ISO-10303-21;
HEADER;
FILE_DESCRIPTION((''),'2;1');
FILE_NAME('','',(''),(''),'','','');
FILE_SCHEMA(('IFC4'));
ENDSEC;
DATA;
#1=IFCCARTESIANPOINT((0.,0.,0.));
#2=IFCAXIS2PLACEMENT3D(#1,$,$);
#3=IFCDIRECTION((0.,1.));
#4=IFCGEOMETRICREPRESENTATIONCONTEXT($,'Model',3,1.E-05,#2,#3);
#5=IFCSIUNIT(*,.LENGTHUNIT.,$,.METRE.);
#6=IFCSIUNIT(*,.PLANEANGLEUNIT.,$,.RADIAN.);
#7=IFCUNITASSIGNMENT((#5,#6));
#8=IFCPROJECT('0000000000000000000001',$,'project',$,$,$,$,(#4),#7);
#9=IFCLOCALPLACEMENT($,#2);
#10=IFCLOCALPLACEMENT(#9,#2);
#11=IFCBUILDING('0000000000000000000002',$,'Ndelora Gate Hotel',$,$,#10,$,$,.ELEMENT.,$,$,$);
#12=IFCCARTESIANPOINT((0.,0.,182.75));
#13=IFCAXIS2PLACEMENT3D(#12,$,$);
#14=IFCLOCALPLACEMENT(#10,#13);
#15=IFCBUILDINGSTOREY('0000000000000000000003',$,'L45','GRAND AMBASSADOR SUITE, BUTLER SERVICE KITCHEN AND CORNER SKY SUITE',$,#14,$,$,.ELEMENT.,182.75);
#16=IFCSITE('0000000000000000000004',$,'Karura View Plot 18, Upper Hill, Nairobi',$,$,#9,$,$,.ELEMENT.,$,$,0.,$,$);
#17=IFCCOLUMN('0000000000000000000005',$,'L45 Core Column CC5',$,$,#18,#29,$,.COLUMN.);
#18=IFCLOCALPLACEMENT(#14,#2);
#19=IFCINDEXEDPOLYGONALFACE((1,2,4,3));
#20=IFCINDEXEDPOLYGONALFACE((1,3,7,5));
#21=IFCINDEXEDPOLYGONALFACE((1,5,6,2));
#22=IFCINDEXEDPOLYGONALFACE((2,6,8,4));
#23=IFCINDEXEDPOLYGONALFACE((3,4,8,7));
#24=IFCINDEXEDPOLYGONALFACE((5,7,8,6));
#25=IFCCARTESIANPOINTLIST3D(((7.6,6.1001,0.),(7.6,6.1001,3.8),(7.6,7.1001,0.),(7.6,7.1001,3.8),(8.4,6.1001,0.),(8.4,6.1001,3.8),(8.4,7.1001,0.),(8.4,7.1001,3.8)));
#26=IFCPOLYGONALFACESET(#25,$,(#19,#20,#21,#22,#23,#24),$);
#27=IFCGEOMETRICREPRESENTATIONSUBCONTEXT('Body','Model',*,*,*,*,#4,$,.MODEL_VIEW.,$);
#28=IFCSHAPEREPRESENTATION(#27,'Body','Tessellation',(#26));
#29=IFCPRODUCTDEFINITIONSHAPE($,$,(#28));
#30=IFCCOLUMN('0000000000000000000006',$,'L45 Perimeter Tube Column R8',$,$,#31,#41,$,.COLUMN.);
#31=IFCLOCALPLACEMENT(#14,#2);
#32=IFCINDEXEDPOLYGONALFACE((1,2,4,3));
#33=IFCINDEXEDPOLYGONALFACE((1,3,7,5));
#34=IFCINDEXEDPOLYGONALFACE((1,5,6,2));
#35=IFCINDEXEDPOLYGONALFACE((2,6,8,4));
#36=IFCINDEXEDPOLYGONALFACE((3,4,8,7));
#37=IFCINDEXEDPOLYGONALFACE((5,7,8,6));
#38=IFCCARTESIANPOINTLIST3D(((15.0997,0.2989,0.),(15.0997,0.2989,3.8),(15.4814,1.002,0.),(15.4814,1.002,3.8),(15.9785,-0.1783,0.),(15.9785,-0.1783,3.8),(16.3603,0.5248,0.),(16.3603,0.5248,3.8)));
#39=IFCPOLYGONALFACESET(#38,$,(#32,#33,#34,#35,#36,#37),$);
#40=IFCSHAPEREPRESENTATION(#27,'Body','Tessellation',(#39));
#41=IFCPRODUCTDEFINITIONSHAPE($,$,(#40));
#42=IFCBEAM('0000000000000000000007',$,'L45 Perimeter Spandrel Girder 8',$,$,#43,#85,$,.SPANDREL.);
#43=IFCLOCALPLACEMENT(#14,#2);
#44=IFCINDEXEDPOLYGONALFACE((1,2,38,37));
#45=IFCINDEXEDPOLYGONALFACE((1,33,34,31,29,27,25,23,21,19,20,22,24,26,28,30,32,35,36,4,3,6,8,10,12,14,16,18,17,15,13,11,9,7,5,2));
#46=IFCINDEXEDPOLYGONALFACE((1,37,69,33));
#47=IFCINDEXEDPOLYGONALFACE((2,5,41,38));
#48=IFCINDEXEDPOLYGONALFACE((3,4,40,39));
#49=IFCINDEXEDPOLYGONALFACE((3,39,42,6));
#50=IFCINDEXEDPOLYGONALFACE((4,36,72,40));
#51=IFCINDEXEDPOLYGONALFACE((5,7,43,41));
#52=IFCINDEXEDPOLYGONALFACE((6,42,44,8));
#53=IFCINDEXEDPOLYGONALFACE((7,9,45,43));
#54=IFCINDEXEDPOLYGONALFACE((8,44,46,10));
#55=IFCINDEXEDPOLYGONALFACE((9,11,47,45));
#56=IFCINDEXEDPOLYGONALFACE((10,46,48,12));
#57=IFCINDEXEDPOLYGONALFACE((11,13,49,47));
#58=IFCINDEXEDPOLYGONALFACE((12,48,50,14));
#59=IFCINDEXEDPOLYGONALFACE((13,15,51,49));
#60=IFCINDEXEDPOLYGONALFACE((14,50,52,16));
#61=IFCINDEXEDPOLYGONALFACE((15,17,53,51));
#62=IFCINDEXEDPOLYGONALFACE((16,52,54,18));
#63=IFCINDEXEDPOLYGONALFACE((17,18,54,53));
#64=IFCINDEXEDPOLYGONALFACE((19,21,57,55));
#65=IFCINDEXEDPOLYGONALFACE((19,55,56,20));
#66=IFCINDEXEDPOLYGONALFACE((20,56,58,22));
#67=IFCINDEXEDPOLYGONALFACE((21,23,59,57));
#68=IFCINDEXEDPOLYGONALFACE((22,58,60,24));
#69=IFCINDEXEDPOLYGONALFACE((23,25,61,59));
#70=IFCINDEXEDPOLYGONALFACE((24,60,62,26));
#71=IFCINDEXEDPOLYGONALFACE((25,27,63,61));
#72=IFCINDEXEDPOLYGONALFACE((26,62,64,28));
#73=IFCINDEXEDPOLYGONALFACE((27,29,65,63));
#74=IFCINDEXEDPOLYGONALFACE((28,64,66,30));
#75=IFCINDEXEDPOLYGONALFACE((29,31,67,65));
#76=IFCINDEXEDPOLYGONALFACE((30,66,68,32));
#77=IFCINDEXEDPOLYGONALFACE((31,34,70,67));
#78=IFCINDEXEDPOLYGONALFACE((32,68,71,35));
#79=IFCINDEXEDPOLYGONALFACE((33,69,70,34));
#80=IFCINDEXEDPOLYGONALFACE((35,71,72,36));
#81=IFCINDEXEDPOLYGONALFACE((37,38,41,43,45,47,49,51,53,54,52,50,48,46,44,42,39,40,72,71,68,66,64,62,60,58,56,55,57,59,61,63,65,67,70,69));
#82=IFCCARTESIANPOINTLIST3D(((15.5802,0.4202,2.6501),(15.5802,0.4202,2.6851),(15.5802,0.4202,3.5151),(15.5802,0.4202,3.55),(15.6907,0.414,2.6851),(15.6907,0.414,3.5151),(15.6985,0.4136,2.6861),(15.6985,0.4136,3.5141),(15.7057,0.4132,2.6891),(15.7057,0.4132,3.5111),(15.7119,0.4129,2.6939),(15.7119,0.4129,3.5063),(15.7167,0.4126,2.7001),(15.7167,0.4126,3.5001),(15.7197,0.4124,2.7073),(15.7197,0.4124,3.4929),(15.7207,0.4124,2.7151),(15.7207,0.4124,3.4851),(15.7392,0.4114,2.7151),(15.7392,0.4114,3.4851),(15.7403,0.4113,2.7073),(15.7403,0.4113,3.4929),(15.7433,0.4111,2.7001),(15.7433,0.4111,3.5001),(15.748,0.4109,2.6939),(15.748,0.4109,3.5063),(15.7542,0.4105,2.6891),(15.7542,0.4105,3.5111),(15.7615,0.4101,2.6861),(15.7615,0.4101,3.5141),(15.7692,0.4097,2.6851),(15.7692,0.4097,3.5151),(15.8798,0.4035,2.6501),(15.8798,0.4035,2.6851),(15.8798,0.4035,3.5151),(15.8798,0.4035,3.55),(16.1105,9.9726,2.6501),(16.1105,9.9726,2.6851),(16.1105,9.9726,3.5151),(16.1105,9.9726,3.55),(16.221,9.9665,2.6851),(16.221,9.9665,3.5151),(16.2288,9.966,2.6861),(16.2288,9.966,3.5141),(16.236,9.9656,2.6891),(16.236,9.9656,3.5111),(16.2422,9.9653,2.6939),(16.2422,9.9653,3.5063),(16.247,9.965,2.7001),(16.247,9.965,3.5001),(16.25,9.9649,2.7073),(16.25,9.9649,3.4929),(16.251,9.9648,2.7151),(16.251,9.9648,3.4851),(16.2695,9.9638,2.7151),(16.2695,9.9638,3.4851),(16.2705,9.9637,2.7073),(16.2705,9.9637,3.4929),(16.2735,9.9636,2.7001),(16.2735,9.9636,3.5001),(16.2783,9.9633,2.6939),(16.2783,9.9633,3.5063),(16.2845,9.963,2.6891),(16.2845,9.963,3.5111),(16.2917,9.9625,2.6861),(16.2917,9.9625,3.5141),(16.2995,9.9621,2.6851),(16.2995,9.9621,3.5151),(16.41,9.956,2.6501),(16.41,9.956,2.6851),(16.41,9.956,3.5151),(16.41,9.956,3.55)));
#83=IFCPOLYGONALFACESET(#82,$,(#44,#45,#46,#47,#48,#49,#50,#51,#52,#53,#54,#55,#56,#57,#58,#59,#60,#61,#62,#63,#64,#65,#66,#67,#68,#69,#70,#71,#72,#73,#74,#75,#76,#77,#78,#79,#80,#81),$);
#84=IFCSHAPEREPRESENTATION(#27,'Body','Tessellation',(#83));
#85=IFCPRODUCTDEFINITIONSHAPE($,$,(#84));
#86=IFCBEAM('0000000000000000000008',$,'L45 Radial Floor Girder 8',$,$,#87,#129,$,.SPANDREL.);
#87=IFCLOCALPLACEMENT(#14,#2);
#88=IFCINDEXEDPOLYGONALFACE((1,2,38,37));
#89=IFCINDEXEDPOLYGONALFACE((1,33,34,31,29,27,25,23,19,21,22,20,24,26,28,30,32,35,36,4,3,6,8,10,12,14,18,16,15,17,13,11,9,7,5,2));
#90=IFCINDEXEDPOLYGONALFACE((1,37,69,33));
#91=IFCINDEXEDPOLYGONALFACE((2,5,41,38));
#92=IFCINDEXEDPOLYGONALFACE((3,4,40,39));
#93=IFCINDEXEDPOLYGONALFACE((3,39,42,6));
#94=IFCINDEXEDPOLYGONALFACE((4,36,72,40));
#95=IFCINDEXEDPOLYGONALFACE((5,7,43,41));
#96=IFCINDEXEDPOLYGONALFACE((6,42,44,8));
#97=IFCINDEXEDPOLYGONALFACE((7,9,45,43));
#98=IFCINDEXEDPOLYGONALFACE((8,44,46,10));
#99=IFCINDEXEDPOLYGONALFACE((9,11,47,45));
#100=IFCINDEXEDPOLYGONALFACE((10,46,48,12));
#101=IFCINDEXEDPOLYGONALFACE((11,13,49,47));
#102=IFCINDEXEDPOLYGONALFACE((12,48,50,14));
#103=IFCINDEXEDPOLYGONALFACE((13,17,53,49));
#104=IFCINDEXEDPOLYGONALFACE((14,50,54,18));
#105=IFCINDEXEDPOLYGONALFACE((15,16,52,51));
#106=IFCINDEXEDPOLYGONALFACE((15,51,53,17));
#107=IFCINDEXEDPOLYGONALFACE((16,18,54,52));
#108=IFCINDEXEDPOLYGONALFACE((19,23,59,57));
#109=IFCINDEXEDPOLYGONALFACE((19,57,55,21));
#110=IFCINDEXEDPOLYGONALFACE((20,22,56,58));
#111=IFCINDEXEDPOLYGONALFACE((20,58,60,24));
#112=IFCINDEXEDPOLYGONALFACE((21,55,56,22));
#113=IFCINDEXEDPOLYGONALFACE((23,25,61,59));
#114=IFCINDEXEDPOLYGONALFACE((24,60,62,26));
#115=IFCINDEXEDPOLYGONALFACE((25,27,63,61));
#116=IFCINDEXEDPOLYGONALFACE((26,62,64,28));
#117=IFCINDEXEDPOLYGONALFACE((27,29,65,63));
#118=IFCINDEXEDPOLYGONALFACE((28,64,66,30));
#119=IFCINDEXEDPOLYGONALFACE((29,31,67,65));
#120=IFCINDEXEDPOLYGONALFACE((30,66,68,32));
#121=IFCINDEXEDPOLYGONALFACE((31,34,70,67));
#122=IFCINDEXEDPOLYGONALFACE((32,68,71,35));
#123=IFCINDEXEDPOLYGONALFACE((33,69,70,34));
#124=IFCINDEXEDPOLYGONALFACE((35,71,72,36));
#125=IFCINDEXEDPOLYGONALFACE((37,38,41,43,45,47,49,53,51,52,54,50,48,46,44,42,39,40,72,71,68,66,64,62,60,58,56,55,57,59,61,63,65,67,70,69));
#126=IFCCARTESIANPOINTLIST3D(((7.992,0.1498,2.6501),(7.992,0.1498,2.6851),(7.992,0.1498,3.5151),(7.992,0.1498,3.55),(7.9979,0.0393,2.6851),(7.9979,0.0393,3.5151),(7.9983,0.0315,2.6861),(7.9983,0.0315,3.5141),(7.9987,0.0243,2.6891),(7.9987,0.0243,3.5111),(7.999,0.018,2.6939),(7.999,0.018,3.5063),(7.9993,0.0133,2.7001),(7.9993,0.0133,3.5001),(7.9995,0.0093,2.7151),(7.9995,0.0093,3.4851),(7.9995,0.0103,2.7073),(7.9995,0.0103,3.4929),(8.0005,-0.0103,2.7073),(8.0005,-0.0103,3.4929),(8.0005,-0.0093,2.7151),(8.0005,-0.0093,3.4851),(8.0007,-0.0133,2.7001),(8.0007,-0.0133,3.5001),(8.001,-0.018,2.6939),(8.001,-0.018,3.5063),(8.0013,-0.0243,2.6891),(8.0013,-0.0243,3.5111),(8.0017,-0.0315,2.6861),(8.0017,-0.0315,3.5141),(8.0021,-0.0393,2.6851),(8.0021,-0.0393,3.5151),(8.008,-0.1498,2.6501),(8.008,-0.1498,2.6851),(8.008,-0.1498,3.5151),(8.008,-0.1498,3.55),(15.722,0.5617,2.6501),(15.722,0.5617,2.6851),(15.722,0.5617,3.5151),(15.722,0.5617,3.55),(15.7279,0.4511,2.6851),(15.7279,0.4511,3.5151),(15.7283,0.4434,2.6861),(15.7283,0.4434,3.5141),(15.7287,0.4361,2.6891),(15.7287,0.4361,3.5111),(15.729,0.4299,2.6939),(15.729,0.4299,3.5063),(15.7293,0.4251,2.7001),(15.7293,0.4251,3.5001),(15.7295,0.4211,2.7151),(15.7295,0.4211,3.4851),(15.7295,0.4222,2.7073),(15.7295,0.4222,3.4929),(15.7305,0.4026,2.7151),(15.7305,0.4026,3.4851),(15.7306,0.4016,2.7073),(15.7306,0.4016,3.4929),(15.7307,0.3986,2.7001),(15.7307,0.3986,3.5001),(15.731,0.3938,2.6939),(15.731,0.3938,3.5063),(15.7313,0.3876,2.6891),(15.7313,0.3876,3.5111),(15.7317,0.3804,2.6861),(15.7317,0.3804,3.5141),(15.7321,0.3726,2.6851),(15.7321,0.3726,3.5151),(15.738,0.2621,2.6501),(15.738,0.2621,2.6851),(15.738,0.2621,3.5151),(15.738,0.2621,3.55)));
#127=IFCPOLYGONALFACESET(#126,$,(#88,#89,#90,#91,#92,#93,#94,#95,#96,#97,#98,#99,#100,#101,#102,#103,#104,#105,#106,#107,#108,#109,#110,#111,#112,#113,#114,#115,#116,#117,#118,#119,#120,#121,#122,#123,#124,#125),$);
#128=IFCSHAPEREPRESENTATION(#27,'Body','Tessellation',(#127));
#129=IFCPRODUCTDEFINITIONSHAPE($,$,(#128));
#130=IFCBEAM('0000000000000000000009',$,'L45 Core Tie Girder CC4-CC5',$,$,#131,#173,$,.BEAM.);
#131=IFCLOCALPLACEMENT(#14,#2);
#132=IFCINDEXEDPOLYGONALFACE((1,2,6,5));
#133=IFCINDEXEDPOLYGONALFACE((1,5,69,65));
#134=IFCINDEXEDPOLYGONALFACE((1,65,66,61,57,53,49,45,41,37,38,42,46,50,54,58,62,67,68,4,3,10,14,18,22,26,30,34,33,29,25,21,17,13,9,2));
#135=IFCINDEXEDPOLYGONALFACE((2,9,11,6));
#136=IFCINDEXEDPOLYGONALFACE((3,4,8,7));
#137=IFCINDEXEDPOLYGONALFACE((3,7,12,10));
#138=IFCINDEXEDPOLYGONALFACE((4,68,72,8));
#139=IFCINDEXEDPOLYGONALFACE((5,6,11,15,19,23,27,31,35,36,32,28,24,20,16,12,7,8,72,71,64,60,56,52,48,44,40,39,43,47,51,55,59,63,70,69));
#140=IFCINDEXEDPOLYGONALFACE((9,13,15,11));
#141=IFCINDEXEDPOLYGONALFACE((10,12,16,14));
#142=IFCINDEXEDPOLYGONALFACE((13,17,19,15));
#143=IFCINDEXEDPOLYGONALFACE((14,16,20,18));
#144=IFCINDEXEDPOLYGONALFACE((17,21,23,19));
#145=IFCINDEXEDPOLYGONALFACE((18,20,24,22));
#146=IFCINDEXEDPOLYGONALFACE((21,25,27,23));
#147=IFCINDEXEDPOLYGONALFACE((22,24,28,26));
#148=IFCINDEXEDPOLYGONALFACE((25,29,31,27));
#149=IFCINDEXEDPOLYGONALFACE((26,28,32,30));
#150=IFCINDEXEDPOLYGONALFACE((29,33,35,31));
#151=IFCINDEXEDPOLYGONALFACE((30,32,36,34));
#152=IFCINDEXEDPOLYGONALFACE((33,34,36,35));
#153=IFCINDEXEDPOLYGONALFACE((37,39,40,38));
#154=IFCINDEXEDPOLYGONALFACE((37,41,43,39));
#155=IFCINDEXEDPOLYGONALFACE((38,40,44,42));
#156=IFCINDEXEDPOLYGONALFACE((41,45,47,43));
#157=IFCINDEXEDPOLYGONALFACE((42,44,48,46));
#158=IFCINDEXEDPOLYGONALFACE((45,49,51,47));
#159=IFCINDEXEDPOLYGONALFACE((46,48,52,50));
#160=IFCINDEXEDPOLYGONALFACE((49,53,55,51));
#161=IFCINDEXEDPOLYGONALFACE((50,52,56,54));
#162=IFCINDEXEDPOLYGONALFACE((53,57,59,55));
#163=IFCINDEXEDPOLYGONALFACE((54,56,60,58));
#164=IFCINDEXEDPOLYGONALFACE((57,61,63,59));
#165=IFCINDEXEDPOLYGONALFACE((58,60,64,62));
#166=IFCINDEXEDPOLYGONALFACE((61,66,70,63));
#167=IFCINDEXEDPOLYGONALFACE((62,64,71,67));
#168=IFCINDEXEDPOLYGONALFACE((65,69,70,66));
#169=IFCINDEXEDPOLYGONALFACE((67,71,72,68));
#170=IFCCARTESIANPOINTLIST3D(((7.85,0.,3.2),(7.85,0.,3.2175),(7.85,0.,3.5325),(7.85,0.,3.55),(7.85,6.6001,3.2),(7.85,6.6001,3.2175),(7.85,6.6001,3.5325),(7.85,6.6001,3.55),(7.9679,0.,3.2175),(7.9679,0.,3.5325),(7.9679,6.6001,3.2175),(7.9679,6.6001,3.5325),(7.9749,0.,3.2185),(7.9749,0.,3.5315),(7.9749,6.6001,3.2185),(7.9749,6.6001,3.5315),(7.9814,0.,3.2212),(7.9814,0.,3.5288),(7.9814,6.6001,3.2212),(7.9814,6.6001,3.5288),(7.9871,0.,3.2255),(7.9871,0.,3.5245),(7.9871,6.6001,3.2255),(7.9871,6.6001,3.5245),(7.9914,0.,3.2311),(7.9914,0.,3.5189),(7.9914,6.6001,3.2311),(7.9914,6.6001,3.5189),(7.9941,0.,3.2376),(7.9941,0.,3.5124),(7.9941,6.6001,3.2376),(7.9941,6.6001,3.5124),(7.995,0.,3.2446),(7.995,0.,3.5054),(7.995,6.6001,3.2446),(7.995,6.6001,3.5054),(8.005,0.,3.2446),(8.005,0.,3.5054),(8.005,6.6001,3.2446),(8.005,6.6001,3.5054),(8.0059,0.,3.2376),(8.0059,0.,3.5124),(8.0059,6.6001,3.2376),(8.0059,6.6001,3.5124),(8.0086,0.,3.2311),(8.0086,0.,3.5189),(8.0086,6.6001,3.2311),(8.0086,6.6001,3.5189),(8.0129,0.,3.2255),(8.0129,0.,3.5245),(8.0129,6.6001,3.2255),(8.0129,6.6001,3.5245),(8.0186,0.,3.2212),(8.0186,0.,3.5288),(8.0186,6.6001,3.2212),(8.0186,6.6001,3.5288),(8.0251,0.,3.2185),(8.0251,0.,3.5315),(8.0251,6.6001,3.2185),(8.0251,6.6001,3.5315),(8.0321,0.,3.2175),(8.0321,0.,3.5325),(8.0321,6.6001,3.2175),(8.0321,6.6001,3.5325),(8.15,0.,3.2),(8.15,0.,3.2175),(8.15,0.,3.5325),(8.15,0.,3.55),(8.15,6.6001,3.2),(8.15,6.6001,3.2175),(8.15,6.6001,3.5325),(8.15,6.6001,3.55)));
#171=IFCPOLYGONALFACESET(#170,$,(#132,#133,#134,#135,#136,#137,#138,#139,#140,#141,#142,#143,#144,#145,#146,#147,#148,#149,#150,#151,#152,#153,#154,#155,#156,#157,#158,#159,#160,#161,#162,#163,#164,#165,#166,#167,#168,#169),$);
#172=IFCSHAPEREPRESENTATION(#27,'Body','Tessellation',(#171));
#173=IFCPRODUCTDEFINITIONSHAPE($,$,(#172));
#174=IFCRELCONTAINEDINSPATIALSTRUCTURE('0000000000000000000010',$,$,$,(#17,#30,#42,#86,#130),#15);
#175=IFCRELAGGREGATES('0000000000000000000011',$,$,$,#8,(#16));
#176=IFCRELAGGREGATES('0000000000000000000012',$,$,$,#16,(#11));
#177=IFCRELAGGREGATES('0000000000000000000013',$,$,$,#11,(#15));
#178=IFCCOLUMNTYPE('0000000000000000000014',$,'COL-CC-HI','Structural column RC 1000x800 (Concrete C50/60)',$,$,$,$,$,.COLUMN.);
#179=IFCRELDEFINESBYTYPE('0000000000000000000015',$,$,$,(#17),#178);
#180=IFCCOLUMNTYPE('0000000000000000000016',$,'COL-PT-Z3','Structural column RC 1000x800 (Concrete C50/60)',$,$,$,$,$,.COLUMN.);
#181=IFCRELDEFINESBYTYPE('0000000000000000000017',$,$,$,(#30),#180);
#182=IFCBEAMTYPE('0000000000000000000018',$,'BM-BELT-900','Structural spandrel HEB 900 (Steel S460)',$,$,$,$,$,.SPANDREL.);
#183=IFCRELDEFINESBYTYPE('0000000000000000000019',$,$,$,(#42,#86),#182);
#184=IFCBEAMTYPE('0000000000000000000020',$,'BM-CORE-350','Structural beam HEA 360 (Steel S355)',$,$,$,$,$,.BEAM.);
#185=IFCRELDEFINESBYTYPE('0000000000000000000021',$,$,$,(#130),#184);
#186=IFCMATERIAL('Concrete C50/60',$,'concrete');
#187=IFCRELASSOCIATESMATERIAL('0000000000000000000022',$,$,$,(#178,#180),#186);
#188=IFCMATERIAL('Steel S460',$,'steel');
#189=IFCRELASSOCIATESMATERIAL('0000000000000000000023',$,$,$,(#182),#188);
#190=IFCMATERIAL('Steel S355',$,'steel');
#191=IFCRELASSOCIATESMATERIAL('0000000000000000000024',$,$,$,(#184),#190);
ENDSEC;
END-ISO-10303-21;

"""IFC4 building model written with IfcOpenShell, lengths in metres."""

from ifc_helpers import new_model, si_unit, direction, frame, origin, origin_2d, place, context, subcontext, project, spatial, rectangle, i_section, extrude, material, material_profile, profile_set, type_object, element, save


model = new_model("IFC4")

# Units and contexts
model_context = context("Model", 3, precision=1e-05, world=origin(), true_north=direction((0.0, 1.0)))
body_context = subcontext(model_context, "Body", "Model", "MODEL_VIEW")
ifc_project = project(units=[si_unit("LENGTHUNIT", "METRE"), si_unit("PLANEANGLEUNIT", "RADIAN")], contexts=[model_context])

# Site, building, storey
site_placement = place(None, origin())
site = spatial("IfcSite", under=ifc_project, at=site_placement, Name="Karura View Plot 18, Upper Hill, Nairobi", CompositionType="ELEMENT", RefElevation=0.0)
building_placement = place(site_placement, origin())
building = spatial("IfcBuilding", under=site, at=building_placement, Name="Ndelora Gate Hotel", CompositionType="ELEMENT")
storey_placement = place(building_placement, frame((0.0, 0.0, 182.75)))
storey = spatial("IfcBuildingStorey", under=building, at=storey_placement, Name="L45", Description="GRAND AMBASSADOR SUITE, BUTLER SERVICE KITCHEN AND CORNER SKY SUITE", CompositionType="ELEMENT", Elevation=182.75)

# Columns
ifc_material_1 = material(Name="Concrete C50/60", Category="concrete")
ifc_material_profile_1 = material_profile(ifc_material_1, rectangle(XDim=0.8, YDim=1.0, at=origin_2d()), Name="RC 1000x800")
ifc_profile_set_1 = profile_set([ifc_material_profile_1], Name="Concrete C50/60")
column_type_1 = type_object("IfcColumnType", Name="COL-CC-HI", Description="Structural column RC 1000x800 (Concrete C50/60)", PredefinedType="COLUMN", material=ifc_profile_set_1)
column_1_placement = place(storey_placement, frame((8.0, 6.6001, 0.0), z_axis=(0.0, 0.0, 1.0), x_axis=(1.0, 0.0, 0.0)))
element("IfcColumn", 1, at=column_1_placement, inside=storey, type_object=column_type_1, Name="L45 Core Column CC5", PredefinedType="COLUMN", context=body_context, shape_type="SweptSolid", body=[
    extrude(rectangle(XDim=0.8, YDim=1.0, at=origin_2d()), origin(), (0.0, 0.0, 1.0), 3.8),
])
ifc_material_profile_2 = material_profile(ifc_material_1, rectangle(XDim=0.8, YDim=1.0, at=origin_2d()), Name="RC 1000x800")
ifc_profile_set_2 = profile_set([ifc_material_profile_2], Name="Concrete C50/60")
column_type_2 = type_object("IfcColumnType", Name="COL-PT-Z3", Description="Structural column RC 1000x800 (Concrete C50/60)", PredefinedType="COLUMN", material=ifc_profile_set_2)
column_2_placement = place(storey_placement, frame((15.73, 0.4119, 0.0), z_axis=(0.0, 0.0, 1.0), x_axis=(0.477159, 0.878817, 0.0)))
element("IfcColumn", 2, at=column_2_placement, inside=storey, type_object=column_type_2, Name="L45 Perimeter Tube Column R8", PredefinedType="COLUMN", context=body_context, shape_type="SweptSolid", body=[
    extrude(rectangle(XDim=0.8, YDim=1.0, at=origin_2d()), origin(), (0.0, 0.0, 1.0), 3.8),
])

# Beams
ifc_material_2 = material(Name="Steel S460", Category="steel")
ifc_material_profile_3 = material_profile(ifc_material_2, i_section(OverallWidth=0.3, OverallDepth=0.8999, WebThickness=0.0186, FlangeThickness=0.0349, FilletRadius=0.03, at=origin_2d()), Name="HEB 900")
ifc_profile_set_3 = profile_set([ifc_material_profile_3], Name="Steel S460")
beam_type_1 = type_object("IfcBeamType", Name="BM-BELT-900", Description="Structural spandrel HEB 900 (Steel S460)", PredefinedType="SPANDREL", material=ifc_profile_set_3)
beam_1_placement = place(storey_placement, frame((15.73, 0.4119, 3.1001), z_axis=(0.055426, 0.998463, 0.0), x_axis=(-0.998463, 0.055426, 0.0)))
element("IfcBeam", 3, at=beam_1_placement, inside=storey, type_object=beam_type_1, Name="L45 Perimeter Spandrel Girder 8", PredefinedType="SPANDREL", context=body_context, shape_type="SweptSolid", body=[
    extrude(i_section(OverallWidth=0.3, OverallDepth=0.8999, WebThickness=0.0186, FlangeThickness=0.0349, FilletRadius=0.03, at=origin_2d()), origin(), (0.0, 0.0, 1.0), 9.5671),
])
beam_2_placement = place(storey_placement, frame((8.0, 0.0, 3.1001), z_axis=(0.998584, 0.053206, 0.0), x_axis=(-0.053206, 0.998584, 0.0)))
element("IfcBeam", 4, at=beam_2_placement, inside=storey, type_object=beam_type_1, Name="L45 Radial Floor Girder 8", PredefinedType="SPANDREL", context=body_context, shape_type="SweptSolid", body=[
    extrude(i_section(OverallWidth=0.3, OverallDepth=0.8999, WebThickness=0.0186, FlangeThickness=0.0349, FilletRadius=0.03, at=origin_2d()), origin(), (0.0, 0.0, 1.0), 7.741),
])
ifc_material_3 = material(Name="Steel S355", Category="steel")
ifc_material_profile_4 = material_profile(ifc_material_3, i_section(OverallWidth=0.3, OverallDepth=0.3501, WebThickness=0.01, FlangeThickness=0.0176, FilletRadius=0.0271, at=origin_2d()), Name="HEA 360")
ifc_profile_set_4 = profile_set([ifc_material_profile_4], Name="Steel S355")
beam_type_2 = type_object("IfcBeamType", Name="BM-CORE-350", Description="Structural beam HEA 360 (Steel S355)", PredefinedType="BEAM", material=ifc_profile_set_4)
beam_3_placement = place(storey_placement, frame((8.0, 0.0, 3.375), z_axis=(0.0, 1.0, 0.0), x_axis=(-1.0, 0.0, 0.0)))
element("IfcBeam", 5, at=beam_3_placement, inside=storey, type_object=beam_type_2, Name="L45 Core Tie Girder CC4-CC5", PredefinedType="BEAM", context=body_context, shape_type="SweptSolid", body=[
    extrude(i_section(OverallWidth=0.3, OverallDepth=0.3501, WebThickness=0.01, FlangeThickness=0.0176, FilletRadius=0.0271, at=origin_2d()), origin(), (0.0, 0.0, 1.0), 6.6001),
])

save(model, "model.ifc")
